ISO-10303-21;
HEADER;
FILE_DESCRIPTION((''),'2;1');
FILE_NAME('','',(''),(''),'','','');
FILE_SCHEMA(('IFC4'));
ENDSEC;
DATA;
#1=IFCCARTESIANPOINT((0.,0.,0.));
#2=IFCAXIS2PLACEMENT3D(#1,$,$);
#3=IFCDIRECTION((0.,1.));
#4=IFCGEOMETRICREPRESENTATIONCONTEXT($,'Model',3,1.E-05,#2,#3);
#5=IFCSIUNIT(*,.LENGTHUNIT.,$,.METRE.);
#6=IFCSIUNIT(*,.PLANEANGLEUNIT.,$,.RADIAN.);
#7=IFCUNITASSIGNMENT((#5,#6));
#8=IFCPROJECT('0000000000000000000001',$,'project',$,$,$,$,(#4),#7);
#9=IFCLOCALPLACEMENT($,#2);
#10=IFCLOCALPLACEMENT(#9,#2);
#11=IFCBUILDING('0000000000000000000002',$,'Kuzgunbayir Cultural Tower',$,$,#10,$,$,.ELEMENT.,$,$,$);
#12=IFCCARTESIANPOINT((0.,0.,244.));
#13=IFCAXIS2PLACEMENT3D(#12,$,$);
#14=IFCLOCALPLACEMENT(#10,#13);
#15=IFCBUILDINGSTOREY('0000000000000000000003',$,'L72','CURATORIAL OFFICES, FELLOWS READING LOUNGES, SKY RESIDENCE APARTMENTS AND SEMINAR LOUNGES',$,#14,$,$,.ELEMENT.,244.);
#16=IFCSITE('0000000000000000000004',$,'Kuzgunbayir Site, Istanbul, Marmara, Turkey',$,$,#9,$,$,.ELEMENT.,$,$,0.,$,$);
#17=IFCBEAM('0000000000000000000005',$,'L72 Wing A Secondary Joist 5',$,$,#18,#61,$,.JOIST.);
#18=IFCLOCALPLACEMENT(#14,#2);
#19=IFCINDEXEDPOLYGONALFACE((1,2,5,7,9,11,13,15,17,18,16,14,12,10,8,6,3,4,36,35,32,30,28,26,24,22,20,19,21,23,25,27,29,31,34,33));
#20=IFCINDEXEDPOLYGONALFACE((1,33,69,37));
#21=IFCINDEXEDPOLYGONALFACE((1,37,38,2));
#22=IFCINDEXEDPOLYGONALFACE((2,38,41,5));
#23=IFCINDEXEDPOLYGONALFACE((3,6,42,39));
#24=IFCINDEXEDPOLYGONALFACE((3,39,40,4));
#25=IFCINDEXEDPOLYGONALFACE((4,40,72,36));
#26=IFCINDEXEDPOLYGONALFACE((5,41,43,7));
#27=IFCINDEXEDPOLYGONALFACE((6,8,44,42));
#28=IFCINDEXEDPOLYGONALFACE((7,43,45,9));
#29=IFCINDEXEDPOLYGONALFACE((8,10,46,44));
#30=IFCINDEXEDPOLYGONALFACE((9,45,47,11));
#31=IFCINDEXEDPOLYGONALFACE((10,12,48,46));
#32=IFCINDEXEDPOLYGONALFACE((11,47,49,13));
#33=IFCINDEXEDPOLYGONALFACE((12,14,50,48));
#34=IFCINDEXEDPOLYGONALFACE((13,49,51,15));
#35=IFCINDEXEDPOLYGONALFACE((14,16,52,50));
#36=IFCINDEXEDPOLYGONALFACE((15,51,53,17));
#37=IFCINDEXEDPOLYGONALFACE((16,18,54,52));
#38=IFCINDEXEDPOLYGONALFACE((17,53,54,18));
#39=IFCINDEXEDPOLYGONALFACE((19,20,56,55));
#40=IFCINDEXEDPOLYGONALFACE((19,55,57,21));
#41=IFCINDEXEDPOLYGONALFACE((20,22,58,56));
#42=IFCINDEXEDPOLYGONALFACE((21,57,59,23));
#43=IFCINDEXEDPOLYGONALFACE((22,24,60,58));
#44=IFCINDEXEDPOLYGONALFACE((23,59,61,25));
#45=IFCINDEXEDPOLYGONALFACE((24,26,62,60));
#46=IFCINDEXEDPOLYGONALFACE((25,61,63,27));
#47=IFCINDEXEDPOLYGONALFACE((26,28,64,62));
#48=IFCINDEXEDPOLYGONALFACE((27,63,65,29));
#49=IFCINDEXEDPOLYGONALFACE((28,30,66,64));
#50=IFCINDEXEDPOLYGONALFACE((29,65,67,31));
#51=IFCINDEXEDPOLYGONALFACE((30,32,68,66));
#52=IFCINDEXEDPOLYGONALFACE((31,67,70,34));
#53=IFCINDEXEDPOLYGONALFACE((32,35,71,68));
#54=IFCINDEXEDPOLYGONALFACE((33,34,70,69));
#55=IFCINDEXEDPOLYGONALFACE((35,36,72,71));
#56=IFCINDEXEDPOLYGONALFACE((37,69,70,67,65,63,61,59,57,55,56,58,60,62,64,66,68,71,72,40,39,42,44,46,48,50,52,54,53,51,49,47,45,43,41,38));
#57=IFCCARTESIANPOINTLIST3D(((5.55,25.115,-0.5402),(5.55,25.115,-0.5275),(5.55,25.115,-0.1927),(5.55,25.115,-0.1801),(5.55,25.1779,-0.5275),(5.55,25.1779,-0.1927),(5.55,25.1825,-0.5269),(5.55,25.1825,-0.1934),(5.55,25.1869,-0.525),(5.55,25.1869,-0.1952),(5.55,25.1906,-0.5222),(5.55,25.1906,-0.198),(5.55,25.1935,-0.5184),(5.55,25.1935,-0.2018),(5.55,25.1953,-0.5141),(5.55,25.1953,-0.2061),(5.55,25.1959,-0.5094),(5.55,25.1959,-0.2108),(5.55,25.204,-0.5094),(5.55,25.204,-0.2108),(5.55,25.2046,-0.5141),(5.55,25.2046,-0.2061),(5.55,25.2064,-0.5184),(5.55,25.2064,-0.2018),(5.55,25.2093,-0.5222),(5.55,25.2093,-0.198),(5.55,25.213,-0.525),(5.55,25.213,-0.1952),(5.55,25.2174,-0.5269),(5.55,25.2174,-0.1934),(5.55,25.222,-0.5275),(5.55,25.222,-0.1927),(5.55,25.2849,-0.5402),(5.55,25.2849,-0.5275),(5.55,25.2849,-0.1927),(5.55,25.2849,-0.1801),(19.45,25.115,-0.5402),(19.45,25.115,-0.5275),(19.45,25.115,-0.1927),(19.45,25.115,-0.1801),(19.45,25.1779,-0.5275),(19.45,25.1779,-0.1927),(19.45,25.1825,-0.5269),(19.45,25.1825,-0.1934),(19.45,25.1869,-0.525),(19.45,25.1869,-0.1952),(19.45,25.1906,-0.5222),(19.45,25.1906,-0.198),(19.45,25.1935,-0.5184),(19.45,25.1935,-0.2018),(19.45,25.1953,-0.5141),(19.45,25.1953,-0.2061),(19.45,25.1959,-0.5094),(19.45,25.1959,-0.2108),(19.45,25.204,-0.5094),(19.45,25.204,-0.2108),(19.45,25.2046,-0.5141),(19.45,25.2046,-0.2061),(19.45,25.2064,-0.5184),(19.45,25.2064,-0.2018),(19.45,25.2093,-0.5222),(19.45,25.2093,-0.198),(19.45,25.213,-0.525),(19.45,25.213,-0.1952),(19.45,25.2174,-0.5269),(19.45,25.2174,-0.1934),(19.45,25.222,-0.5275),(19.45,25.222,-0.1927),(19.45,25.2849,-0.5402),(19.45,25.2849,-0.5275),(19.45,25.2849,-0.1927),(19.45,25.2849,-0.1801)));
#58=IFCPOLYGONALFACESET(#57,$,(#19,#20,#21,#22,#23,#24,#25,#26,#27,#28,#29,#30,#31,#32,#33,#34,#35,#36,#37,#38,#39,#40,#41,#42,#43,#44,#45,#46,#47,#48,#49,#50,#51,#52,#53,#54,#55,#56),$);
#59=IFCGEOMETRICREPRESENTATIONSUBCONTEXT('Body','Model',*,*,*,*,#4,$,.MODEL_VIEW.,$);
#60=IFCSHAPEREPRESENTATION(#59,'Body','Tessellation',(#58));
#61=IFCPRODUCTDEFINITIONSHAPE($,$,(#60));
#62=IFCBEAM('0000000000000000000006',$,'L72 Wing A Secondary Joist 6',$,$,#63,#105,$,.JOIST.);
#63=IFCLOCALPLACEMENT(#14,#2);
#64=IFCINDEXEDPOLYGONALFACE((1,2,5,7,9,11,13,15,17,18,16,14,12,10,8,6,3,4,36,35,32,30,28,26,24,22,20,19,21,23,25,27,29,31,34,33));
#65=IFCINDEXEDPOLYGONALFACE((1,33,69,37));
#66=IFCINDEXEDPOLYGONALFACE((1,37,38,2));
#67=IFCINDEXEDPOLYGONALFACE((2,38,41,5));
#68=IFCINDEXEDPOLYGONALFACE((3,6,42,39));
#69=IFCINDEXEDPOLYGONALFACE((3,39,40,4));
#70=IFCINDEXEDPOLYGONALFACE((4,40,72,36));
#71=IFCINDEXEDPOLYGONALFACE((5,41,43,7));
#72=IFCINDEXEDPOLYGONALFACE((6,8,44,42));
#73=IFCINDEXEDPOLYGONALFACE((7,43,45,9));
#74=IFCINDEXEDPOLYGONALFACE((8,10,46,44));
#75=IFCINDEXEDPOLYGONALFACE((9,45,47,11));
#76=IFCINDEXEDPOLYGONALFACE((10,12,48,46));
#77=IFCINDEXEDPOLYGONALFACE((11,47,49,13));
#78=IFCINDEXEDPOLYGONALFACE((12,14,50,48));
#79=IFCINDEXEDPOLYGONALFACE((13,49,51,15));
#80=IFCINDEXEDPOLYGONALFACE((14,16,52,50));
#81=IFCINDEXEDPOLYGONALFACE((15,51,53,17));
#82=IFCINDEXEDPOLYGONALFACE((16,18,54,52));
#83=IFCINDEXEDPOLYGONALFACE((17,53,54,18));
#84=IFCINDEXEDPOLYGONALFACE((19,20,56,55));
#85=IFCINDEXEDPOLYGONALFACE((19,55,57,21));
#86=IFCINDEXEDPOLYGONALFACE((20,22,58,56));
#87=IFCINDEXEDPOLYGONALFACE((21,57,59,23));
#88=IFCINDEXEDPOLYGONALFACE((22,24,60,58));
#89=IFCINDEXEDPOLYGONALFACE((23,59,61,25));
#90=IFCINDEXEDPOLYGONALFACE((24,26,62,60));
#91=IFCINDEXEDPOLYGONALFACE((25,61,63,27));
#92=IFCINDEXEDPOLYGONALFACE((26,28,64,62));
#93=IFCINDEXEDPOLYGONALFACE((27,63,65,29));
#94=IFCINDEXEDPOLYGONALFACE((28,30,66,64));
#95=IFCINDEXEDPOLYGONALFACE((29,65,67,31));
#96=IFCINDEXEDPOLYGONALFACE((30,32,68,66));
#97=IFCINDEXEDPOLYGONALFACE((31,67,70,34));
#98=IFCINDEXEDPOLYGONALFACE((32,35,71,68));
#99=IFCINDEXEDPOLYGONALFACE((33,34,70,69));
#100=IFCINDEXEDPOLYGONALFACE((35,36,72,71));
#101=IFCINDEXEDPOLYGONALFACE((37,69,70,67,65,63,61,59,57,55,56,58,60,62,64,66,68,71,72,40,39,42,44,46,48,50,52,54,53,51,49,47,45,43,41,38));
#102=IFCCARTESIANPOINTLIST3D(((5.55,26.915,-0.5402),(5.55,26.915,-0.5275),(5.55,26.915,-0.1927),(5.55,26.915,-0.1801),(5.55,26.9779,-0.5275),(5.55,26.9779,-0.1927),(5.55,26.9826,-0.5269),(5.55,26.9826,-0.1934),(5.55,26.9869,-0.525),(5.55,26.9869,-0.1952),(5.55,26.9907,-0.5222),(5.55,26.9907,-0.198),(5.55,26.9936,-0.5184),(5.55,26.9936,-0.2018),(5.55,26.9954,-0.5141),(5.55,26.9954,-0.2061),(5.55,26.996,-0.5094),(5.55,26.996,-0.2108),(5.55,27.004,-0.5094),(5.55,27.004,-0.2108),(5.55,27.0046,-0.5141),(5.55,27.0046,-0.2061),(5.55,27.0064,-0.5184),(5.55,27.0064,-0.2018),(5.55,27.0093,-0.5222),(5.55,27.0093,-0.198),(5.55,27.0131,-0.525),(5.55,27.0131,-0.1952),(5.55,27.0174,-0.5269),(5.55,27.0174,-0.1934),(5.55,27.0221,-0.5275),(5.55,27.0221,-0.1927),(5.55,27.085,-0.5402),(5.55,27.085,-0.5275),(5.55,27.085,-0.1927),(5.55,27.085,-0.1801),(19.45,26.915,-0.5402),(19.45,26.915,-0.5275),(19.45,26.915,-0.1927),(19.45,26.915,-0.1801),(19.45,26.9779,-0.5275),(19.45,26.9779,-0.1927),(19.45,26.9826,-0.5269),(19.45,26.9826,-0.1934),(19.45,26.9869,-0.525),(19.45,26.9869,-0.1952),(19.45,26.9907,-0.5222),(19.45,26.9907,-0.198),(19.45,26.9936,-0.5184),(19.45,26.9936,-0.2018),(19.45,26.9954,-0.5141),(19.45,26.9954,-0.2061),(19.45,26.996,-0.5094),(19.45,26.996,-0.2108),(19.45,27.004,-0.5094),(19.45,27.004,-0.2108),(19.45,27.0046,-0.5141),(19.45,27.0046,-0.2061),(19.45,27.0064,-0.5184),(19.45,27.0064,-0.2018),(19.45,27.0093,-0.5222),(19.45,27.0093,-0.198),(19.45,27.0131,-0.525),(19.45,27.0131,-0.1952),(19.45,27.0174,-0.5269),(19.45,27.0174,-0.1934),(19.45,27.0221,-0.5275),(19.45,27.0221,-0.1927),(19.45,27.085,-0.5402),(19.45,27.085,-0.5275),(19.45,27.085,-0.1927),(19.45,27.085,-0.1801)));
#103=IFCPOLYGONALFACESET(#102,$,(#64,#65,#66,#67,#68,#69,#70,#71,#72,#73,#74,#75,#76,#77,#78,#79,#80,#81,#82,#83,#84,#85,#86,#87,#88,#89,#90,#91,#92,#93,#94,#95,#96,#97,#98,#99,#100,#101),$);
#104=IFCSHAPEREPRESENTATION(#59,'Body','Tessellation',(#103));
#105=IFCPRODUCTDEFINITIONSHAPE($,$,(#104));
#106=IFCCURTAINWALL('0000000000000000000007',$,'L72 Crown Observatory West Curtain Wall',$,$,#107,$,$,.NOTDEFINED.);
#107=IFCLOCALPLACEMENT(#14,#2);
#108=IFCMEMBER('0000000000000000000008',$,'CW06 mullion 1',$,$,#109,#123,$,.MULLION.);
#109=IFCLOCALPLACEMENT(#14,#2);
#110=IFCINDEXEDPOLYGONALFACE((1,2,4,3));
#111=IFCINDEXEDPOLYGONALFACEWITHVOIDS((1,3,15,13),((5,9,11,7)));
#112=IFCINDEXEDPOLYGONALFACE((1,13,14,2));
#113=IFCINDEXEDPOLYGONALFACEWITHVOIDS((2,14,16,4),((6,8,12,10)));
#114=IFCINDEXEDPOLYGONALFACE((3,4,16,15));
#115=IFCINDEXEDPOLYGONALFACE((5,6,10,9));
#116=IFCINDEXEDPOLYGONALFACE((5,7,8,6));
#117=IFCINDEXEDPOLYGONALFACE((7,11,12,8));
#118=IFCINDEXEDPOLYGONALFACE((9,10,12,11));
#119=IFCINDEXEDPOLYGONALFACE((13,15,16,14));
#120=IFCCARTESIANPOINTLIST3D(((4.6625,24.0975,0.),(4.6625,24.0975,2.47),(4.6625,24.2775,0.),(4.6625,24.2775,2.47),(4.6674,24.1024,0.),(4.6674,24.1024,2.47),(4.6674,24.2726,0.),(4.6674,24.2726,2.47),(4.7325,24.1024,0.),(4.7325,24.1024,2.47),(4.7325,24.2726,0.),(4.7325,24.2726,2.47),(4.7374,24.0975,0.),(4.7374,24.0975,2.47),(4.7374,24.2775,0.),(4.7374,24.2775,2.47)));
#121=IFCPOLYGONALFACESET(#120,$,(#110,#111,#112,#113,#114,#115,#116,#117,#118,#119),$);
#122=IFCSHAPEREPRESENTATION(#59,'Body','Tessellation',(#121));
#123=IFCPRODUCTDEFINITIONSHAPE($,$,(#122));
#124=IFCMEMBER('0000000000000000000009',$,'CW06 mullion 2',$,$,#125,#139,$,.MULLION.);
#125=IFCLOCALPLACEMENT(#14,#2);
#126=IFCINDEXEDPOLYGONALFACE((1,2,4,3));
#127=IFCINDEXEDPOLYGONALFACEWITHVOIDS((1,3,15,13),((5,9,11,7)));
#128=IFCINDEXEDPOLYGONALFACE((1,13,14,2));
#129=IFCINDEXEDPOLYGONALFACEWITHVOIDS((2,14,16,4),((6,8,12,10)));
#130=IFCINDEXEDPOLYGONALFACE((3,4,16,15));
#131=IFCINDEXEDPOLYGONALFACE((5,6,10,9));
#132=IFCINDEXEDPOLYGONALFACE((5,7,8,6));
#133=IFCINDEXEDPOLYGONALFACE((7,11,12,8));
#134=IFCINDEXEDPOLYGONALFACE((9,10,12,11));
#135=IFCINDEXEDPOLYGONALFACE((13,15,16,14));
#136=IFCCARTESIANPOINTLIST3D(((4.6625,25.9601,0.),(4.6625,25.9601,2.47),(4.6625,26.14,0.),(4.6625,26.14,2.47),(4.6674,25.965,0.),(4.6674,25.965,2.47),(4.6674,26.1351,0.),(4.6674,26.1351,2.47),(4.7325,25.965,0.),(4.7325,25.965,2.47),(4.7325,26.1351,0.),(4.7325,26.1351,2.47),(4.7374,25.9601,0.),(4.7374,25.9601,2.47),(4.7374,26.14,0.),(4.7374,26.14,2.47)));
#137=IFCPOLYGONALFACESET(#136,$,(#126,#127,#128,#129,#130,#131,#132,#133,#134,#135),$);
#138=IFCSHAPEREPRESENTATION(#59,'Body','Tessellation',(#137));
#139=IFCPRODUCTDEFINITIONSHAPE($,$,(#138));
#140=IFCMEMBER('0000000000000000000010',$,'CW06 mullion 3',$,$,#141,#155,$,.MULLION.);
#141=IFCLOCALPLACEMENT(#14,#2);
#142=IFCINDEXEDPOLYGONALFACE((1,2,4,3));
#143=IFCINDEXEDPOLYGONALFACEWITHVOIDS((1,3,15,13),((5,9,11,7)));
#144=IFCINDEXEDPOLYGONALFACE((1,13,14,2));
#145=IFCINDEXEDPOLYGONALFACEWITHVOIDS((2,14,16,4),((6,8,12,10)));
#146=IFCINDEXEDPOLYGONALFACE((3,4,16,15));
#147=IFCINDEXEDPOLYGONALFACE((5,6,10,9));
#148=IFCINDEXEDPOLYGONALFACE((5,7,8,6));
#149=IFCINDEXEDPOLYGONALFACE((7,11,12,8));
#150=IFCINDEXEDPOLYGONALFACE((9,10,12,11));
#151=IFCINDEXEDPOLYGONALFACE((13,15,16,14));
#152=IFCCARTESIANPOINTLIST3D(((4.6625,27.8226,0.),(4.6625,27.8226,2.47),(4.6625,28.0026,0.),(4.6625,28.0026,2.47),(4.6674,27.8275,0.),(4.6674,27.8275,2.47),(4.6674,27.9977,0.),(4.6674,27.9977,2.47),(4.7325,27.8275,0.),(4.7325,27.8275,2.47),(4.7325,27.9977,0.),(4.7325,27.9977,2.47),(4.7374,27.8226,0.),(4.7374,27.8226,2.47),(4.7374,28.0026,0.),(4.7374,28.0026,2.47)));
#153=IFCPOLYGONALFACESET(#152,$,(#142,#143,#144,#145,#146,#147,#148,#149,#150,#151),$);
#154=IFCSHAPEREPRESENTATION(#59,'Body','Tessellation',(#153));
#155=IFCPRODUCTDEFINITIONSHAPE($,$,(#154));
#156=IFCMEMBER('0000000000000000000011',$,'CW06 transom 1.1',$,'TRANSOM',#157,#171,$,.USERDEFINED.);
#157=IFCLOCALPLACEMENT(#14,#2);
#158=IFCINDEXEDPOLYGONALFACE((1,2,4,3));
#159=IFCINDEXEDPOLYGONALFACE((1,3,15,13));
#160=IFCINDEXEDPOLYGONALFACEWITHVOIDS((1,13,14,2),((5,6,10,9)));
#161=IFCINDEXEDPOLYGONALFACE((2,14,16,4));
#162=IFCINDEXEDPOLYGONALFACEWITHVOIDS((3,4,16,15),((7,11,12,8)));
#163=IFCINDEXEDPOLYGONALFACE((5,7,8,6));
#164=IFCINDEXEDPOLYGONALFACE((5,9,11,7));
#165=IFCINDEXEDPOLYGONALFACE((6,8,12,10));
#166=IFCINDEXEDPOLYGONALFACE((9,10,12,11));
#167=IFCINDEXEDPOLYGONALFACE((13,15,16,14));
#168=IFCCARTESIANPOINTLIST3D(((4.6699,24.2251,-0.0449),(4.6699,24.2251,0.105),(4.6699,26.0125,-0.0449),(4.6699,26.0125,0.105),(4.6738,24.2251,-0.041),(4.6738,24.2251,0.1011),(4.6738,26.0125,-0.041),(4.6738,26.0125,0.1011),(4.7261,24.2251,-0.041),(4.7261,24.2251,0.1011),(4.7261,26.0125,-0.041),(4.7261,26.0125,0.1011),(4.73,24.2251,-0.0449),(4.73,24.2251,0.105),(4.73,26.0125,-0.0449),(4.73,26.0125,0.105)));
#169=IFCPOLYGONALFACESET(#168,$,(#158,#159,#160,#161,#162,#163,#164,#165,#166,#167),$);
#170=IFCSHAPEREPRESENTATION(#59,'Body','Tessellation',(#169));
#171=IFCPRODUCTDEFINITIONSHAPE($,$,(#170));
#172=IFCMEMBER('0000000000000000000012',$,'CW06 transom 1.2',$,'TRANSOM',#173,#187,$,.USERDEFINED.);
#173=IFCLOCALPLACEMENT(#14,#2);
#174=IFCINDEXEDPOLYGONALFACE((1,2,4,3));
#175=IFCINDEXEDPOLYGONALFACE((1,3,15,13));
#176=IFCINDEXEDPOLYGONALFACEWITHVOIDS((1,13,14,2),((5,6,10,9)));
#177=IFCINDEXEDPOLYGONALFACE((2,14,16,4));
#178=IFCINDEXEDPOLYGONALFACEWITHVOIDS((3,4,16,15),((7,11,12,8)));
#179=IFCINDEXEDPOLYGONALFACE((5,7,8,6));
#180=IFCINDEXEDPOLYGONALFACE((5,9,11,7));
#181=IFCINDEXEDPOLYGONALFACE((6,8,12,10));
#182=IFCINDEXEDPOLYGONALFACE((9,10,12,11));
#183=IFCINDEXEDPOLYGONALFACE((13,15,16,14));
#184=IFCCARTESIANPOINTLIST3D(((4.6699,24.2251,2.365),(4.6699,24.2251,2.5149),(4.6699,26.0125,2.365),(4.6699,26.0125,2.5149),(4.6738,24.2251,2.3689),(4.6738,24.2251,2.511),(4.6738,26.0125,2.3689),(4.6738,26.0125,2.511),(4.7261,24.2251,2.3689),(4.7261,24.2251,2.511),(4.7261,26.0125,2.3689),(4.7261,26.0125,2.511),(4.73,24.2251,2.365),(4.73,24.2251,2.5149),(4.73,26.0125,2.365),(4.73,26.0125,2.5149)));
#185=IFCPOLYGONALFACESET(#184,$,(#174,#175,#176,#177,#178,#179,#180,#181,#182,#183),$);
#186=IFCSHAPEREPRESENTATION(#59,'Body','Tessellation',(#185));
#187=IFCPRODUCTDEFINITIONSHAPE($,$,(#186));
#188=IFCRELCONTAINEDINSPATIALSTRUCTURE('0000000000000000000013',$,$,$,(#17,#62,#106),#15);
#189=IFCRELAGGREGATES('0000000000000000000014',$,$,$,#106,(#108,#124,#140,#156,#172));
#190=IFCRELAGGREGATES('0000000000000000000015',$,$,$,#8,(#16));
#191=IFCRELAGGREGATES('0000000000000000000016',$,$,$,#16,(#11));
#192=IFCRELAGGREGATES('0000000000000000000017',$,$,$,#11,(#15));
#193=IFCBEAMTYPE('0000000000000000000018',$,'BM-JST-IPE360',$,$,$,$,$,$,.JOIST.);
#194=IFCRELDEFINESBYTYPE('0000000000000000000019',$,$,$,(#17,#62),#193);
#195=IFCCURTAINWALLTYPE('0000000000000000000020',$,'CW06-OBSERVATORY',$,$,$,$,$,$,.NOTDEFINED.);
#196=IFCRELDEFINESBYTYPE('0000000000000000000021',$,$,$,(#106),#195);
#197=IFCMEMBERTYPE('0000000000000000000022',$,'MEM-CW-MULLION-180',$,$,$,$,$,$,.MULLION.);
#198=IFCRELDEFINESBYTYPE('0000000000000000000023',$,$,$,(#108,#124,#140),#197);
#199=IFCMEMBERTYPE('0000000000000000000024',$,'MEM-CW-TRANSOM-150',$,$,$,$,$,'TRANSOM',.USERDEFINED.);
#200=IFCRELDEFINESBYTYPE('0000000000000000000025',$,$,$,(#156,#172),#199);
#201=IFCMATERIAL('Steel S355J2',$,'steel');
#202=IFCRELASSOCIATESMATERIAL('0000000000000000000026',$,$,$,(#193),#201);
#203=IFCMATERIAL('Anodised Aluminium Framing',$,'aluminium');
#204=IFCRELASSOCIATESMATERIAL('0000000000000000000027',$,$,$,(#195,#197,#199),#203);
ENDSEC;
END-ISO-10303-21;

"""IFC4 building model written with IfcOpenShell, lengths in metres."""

from ifc_helpers import new_model, si_unit, direction, frame, origin, origin_2d, place, context, subcontext, project, spatial, hollow_rectangle, i_section, extrude, material, material_profile, profile_set, type_object, element, aggregate, save


model = new_model("IFC4")

# Units and contexts
model_context = context("Model", 3, precision=1e-05, world=origin(), true_north=direction((0.0, 1.0)))
body_context = subcontext(model_context, "Body", "Model", "MODEL_VIEW")
ifc_project = project(units=[si_unit("LENGTHUNIT", "METRE"), si_unit("PLANEANGLEUNIT", "RADIAN")], contexts=[model_context])

# Site, building, storey
site_placement = place(None, origin())
site = spatial("IfcSite", under=ifc_project, at=site_placement, Name="Kuzgunbayir Site, Istanbul, Marmara, Turkey", CompositionType="ELEMENT", RefElevation=0.0)
building_placement = place(site_placement, origin())
building = spatial("IfcBuilding", under=site, at=building_placement, Name="Kuzgunbayir Cultural Tower", CompositionType="ELEMENT")
storey_placement = place(building_placement, frame((0.0, 0.0, 244.0)))
storey = spatial("IfcBuildingStorey", under=building, at=storey_placement, Name="L72", Description="CURATORIAL OFFICES, FELLOWS READING LOUNGES, SKY RESIDENCE APARTMENTS AND SEMINAR LOUNGES", CompositionType="ELEMENT", Elevation=244.0)

# Beams
ifc_material_1 = material(Name="Steel S355J2", Category="steel")
ifc_material_profile_1 = material_profile(ifc_material_1, i_section(OverallWidth=0.1699, OverallDepth=0.3601, WebThickness=0.0081, FlangeThickness=0.0127, FilletRadius=0.0181, at=origin_2d()), Name="IPE 360")
ifc_profile_set_1 = profile_set([ifc_material_profile_1], Name="Steel S355J2")
beam_type_1 = type_object("IfcBeamType", Name="BM-JST-IPE360", PredefinedType="JOIST", material=ifc_profile_set_1)
for number, where, z_axis, x_axis, name in (
    (1, (5.55, 25.2, -0.3601), (1.0, 0.0, 0.0), (0.0, 1.0, 0.0), "L72 Wing A Secondary Joist 5"),
    (2, (5.55, 27.0, -0.3601), (1.0, 0.0, 0.0), (0.0, 1.0, 0.0), "L72 Wing A Secondary Joist 6"),
):
    element("IfcBeam", number, at=place(storey_placement, frame(where, z_axis=z_axis, x_axis=x_axis)), inside=storey, type_object=beam_type_1, Name=name, PredefinedType="JOIST", context=body_context, shape_type="SweptSolid", body=[
        extrude(i_section(OverallWidth=0.1699, OverallDepth=0.3601, WebThickness=0.0081, FlangeThickness=0.0127, FilletRadius=0.0181, at=origin_2d()), origin(), (0.0, 0.0, 1.0), 13.8999),
    ])

# Curtain wall, members
ifc_material_2 = material(Name="Anodised Aluminium Framing", Category="aluminium")
curtain_wall_type = type_object("IfcCurtainWallType", Name="CW06-OBSERVATORY", PredefinedType="NOTDEFINED", material=ifc_material_2)
curtain_wall_placement = place(storey_placement, origin())
curtain_wall = element("IfcCurtainWall", 3, at=curtain_wall_placement, inside=storey, type_object=curtain_wall_type, Name="L72 Crown Observatory West Curtain Wall", PredefinedType="NOTDEFINED")
ifc_material_profile_2 = material_profile(ifc_material_2, hollow_rectangle(XDim=0.075, YDim=0.1799, WallThickness=0.0049, at=origin_2d()), Name="RHS 180x75x5")
ifc_profile_set_2 = profile_set([ifc_material_profile_2], Name="Anodised Aluminium Framing")
member_type_1 = type_object("IfcMemberType", Name="MEM-CW-MULLION-180", PredefinedType="MULLION", material=ifc_profile_set_2)
member_1_placement = place(storey_placement, frame((4.7, 24.1875, 0.0), z_axis=(0.0, 0.0, 1.0), x_axis=(-1.0, 0.0, 0.0)))
member_1 = element("IfcMember", 4, at=member_1_placement, type_object=member_type_1, Name="CW06 mullion 1", PredefinedType="MULLION", context=body_context, shape_type="SweptSolid", body=[
    extrude(hollow_rectangle(XDim=0.075, YDim=0.1799, WallThickness=0.0049, at=origin_2d()), origin(), (0.0, 0.0, 1.0), 2.47),
])
member_2_placement = place(storey_placement, frame((4.7, 26.05, 0.0), z_axis=(0.0, 0.0, 1.0), x_axis=(-1.0, 0.0, 0.0)))
member_2 = element("IfcMember", 5, at=member_2_placement, type_object=member_type_1, Name="CW06 mullion 2", PredefinedType="MULLION", context=body_context, shape_type="SweptSolid", body=[
    extrude(hollow_rectangle(XDim=0.075, YDim=0.1799, WallThickness=0.0049, at=origin_2d()), origin(), (0.0, 0.0, 1.0), 2.47),
])
member_3_placement = place(storey_placement, frame((4.7, 27.9126, 0.0), z_axis=(0.0, 0.0, 1.0), x_axis=(-1.0, 0.0, 0.0)))
member_3 = element("IfcMember", 6, at=member_3_placement, type_object=member_type_1, Name="CW06 mullion 3", PredefinedType="MULLION", context=body_context, shape_type="SweptSolid", body=[
    extrude(hollow_rectangle(XDim=0.075, YDim=0.1799, WallThickness=0.0049, at=origin_2d()), origin(), (0.0, 0.0, 1.0), 2.47),
])
ifc_material_profile_3 = material_profile(ifc_material_2, hollow_rectangle(XDim=0.0601, YDim=0.1499, WallThickness=0.0039, at=origin_2d()), Name="RHS 150x60x4")
ifc_profile_set_3 = profile_set([ifc_material_profile_3], Name="Anodised Aluminium Framing")
member_type_2 = type_object("IfcMemberType", Name="MEM-CW-TRANSOM-150", ElementType="TRANSOM", PredefinedType="USERDEFINED", material=ifc_profile_set_3)
member_4_placement = place(storey_placement, frame((4.7, 24.2251, 0.03), z_axis=(0.0, 1.0, 0.0), x_axis=(-1.0, 0.0, 0.0)))
member_4 = element("IfcMember", 7, at=member_4_placement, type_object=member_type_2, Name="CW06 transom 1.1", ObjectType="TRANSOM", PredefinedType="USERDEFINED", context=body_context, shape_type="SweptSolid", body=[
    extrude(hollow_rectangle(XDim=0.0601, YDim=0.1499, WallThickness=0.0039, at=origin_2d()), origin(), (0.0, 0.0, 1.0), 1.7874),
])
member_5_placement = place(storey_placement, frame((4.7, 24.2251, 2.4399), z_axis=(0.0, 1.0, 0.0), x_axis=(-1.0, 0.0, 0.0)))
member_5 = element("IfcMember", 8, at=member_5_placement, type_object=member_type_2, Name="CW06 transom 1.2", ObjectType="TRANSOM", PredefinedType="USERDEFINED", context=body_context, shape_type="SweptSolid", body=[
    extrude(hollow_rectangle(XDim=0.0601, YDim=0.1499, WallThickness=0.0039, at=origin_2d()), origin(), (0.0, 0.0, 1.0), 1.7874),
])
aggregate(curtain_wall, [member_1, member_2, member_3, member_4, member_5])

save(model, "model.ifc")
